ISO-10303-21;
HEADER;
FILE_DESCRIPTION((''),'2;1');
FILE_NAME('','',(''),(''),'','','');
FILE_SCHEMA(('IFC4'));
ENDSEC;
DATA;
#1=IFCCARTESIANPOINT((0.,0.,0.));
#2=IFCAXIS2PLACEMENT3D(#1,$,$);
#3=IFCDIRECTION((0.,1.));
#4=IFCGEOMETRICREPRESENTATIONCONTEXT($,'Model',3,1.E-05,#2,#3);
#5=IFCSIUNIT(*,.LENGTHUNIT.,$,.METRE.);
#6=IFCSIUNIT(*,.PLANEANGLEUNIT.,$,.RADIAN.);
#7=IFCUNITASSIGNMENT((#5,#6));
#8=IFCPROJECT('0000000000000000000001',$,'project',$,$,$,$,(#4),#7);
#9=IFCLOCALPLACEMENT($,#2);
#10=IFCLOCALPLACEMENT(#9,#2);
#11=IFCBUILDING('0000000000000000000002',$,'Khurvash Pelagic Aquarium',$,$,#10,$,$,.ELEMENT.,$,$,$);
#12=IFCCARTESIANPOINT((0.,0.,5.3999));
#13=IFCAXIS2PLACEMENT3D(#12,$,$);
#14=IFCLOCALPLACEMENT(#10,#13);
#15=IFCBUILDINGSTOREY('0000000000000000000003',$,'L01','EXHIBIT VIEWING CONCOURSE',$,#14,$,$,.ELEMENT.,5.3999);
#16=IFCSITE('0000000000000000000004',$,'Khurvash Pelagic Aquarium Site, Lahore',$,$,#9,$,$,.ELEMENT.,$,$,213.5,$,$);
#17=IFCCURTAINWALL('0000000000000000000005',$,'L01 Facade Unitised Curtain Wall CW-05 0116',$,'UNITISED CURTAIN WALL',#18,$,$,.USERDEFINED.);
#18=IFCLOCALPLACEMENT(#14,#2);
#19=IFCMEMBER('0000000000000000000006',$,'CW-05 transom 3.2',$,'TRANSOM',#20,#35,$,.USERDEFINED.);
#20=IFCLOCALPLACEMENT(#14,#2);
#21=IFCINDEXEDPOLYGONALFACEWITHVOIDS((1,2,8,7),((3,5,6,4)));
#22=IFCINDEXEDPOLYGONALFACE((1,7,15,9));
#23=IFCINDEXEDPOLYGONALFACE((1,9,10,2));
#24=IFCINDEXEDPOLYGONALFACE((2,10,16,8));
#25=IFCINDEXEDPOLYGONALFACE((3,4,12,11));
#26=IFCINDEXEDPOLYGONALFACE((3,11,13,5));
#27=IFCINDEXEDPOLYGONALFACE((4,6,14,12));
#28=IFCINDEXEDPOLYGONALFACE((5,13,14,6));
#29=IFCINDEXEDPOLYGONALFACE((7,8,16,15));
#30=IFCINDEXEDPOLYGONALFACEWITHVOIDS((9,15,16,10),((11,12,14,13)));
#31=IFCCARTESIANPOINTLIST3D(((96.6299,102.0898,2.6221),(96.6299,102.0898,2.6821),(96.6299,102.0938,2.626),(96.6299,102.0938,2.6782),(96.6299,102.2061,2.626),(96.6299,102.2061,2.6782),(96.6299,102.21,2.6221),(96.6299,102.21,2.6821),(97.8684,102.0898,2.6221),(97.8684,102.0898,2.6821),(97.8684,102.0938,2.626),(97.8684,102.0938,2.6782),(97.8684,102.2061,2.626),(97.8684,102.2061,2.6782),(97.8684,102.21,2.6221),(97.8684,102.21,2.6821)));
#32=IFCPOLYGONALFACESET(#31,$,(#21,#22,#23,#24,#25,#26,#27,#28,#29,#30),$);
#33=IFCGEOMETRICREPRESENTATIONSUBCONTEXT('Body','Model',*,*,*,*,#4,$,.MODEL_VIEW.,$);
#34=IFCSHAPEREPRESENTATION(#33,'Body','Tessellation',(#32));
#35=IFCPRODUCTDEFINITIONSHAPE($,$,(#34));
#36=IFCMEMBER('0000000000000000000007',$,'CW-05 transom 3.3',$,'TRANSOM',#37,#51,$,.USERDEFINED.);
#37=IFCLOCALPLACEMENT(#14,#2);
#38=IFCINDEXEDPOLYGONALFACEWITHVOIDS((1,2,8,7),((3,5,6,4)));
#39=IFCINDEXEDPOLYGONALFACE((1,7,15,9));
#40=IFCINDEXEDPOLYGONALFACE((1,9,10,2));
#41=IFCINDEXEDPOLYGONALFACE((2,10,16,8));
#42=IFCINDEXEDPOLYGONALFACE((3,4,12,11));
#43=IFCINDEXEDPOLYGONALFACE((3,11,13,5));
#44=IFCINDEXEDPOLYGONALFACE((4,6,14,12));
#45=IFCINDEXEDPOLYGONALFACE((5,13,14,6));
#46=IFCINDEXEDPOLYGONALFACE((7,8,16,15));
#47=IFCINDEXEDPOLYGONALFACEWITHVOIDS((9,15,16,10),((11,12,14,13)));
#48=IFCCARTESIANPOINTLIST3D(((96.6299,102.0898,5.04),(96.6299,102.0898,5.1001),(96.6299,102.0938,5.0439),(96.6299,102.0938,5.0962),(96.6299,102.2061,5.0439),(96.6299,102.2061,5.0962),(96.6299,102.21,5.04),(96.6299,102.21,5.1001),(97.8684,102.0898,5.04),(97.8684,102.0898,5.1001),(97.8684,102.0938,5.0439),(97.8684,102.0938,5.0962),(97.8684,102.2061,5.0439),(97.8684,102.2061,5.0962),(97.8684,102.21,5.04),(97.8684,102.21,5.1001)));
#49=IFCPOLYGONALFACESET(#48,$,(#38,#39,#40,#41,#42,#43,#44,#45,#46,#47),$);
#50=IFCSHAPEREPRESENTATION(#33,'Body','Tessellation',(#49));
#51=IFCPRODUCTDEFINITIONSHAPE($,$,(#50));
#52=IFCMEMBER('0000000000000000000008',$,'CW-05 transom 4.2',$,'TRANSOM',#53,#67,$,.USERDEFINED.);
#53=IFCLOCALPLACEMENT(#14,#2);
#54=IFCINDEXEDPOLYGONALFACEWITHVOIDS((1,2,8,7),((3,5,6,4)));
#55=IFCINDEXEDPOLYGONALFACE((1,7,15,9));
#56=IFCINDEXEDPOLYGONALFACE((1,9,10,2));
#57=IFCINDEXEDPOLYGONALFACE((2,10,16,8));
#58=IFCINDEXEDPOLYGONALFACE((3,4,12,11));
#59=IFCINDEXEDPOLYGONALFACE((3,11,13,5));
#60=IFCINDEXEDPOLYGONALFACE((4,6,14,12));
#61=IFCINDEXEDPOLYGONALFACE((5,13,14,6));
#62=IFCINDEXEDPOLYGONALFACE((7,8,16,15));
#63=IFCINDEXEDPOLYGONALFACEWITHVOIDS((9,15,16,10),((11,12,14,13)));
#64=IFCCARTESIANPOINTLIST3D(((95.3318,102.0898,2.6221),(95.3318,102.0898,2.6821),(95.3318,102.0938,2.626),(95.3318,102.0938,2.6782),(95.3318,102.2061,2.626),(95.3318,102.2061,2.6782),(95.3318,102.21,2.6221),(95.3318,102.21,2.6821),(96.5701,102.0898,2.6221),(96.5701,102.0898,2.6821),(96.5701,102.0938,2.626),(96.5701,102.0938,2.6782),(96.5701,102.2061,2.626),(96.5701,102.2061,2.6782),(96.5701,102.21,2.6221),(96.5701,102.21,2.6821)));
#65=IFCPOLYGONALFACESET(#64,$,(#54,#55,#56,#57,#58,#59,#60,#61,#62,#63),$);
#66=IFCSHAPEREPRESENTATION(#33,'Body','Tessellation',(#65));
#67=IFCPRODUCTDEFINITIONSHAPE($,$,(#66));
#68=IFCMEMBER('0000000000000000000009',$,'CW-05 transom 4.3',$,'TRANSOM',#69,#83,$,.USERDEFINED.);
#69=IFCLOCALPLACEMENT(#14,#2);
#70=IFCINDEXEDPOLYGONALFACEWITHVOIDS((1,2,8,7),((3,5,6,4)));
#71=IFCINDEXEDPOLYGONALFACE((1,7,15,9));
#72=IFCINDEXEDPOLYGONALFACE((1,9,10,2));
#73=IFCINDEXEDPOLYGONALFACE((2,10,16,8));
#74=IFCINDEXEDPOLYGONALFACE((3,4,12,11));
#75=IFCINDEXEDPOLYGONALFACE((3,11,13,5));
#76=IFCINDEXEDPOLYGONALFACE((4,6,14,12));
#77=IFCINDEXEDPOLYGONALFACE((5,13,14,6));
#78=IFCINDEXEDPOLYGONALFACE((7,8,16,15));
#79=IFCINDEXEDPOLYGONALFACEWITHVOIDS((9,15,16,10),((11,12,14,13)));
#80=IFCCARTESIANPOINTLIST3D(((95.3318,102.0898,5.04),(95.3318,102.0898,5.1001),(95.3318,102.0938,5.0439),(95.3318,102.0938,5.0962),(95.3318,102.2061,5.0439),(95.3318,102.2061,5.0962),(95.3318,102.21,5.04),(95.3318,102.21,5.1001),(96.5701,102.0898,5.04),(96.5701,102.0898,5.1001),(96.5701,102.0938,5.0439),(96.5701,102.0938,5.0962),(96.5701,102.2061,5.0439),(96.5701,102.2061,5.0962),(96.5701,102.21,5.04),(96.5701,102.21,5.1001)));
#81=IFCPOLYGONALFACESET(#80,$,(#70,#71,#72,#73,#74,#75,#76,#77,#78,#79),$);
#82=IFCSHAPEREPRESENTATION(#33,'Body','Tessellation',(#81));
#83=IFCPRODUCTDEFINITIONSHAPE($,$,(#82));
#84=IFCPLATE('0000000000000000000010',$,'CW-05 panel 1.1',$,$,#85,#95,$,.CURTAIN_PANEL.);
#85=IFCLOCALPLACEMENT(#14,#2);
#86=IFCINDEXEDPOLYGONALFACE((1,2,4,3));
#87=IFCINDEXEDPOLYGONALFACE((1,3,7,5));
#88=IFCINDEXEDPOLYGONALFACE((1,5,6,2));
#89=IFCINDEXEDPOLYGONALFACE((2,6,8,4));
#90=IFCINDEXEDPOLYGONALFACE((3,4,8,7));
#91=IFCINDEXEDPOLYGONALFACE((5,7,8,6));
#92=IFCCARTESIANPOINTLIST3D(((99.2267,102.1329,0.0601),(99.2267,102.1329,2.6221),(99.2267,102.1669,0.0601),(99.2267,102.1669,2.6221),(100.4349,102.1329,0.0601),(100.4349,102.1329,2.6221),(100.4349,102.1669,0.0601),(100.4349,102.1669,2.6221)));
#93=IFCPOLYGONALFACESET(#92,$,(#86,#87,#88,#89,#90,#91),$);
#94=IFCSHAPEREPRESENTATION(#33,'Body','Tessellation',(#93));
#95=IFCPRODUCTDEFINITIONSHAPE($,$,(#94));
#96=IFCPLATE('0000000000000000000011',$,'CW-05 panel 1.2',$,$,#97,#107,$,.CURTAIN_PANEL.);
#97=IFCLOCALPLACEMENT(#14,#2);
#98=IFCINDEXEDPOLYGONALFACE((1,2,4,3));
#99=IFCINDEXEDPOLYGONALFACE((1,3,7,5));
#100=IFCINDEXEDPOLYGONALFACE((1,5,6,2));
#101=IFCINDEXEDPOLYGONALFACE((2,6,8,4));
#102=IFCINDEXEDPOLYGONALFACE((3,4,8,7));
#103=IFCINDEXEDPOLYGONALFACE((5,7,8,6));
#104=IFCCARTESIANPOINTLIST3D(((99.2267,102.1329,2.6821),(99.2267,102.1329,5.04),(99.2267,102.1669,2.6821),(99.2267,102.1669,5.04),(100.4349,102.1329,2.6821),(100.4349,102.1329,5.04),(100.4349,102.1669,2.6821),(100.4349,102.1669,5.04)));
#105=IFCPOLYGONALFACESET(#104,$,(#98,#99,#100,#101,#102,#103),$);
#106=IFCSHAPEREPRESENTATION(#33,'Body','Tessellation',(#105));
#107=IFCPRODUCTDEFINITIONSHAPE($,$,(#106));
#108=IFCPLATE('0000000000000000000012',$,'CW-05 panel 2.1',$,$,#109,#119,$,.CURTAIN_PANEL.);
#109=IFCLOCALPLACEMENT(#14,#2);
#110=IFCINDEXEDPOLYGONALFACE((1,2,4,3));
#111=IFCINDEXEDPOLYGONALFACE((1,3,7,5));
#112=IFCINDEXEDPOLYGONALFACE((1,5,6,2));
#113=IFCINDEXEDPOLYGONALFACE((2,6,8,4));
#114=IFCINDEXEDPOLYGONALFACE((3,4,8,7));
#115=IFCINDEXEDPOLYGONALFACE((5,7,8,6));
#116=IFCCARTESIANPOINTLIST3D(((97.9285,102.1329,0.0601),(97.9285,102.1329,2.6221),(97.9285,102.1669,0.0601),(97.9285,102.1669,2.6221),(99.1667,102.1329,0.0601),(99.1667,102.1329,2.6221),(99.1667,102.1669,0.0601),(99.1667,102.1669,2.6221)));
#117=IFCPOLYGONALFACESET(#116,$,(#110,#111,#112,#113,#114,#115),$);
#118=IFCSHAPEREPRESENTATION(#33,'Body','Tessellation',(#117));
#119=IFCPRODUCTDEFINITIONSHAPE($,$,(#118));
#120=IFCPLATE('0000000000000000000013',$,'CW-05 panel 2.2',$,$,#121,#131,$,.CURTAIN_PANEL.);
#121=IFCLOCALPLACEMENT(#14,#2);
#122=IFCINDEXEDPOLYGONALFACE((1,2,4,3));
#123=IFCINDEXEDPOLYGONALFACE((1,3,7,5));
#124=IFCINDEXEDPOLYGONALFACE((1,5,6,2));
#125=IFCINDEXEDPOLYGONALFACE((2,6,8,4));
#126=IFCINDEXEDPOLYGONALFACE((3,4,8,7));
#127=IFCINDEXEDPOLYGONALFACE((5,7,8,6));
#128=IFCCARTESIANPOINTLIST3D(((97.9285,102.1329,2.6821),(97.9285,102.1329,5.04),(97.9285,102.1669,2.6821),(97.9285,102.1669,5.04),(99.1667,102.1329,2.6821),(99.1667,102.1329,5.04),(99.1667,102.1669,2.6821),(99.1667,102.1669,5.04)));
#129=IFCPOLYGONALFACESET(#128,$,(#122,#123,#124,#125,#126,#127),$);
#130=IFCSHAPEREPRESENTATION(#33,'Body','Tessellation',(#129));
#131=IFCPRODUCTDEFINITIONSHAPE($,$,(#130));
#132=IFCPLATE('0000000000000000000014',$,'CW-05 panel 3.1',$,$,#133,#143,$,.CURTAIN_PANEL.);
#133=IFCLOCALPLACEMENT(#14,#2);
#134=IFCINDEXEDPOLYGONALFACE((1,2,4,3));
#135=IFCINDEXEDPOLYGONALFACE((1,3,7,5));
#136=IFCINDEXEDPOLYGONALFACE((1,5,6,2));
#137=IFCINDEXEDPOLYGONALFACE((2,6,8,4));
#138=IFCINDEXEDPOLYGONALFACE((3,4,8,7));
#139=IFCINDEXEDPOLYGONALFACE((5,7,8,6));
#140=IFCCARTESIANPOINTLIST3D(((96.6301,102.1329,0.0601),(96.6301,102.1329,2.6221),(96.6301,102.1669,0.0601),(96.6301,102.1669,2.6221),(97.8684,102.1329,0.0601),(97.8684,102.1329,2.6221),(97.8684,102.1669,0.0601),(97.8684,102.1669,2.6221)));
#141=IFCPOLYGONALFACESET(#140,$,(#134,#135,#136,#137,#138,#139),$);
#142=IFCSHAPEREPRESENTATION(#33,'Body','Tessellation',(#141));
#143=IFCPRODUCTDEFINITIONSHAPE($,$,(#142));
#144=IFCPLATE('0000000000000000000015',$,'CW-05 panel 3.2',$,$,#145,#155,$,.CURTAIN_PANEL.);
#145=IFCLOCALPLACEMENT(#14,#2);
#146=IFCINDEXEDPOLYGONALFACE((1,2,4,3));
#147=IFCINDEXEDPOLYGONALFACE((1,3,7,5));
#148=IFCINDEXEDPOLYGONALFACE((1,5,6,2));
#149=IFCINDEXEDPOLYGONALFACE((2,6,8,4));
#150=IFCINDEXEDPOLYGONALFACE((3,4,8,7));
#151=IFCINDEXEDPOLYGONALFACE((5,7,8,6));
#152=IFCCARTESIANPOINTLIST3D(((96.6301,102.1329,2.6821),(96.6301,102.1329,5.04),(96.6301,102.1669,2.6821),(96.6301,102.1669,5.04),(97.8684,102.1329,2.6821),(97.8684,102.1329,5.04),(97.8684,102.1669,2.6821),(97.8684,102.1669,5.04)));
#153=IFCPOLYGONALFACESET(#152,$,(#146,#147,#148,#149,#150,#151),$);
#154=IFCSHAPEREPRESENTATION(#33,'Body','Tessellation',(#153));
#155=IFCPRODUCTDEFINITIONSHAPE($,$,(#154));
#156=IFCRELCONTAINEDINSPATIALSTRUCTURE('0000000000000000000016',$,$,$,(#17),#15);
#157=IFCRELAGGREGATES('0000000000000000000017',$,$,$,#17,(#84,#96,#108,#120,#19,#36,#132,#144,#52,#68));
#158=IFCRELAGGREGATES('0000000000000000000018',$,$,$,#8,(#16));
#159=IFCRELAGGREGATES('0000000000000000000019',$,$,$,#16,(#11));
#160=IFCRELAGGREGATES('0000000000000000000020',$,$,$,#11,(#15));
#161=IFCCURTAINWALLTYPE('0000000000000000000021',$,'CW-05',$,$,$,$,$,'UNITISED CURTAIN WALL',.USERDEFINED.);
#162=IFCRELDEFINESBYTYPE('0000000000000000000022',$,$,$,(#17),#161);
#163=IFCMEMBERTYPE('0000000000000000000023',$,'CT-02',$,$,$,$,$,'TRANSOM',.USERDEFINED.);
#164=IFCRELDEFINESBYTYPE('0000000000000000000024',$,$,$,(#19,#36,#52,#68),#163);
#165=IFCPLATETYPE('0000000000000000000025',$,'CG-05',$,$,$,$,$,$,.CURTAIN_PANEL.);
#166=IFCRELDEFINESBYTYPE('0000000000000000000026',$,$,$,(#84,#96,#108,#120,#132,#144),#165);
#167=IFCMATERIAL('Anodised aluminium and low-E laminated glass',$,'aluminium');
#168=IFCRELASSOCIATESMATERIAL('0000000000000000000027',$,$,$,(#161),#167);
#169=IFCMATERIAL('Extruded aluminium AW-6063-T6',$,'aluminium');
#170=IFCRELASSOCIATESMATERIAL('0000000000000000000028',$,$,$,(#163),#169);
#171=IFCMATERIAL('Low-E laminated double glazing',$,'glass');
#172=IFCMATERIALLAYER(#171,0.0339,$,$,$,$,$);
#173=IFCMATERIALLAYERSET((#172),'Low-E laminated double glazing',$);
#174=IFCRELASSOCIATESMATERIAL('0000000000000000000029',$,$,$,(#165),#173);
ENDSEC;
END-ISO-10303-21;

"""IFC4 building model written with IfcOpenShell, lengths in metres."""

from ifc_helpers import new_model, si_unit, direction, frame, origin, origin_2d, place, context, subcontext, project, spatial, rectangle, hollow_rectangle, extrude, material, layer, layer_set, material_profile, profile_set, type_object, element, aggregate, save


model = new_model("IFC4")

# Units and contexts
model_context = context("Model", 3, precision=1e-05, world=origin(), true_north=direction((0.0, 1.0)))
body_context = subcontext(model_context, "Body", "Model", "MODEL_VIEW")
ifc_project = project(units=[si_unit("LENGTHUNIT", "METRE"), si_unit("PLANEANGLEUNIT", "RADIAN")], contexts=[model_context])

# Site, building, storey
site_placement = place(None, origin())
site = spatial("IfcSite", under=ifc_project, at=site_placement, Name="Khurvash Pelagic Aquarium Site, Lahore", CompositionType="ELEMENT", RefElevation=213.5)
building_placement = place(site_placement, origin())
building = spatial("IfcBuilding", under=site, at=building_placement, Name="Khurvash Pelagic Aquarium", CompositionType="ELEMENT")
storey_placement = place(building_placement, frame((0.0, 0.0, 5.3999)))
storey = spatial("IfcBuildingStorey", under=building, at=storey_placement, Name="L01", Description="EXHIBIT VIEWING CONCOURSE", CompositionType="ELEMENT", Elevation=5.3999)

# Curtain wall, members, plates
ifc_material_1 = material(Name="Anodised aluminium and low-E laminated glass", Category="aluminium")
curtain_wall_type = type_object("IfcCurtainWallType", Name="CW-05", ElementType="UNITISED CURTAIN WALL", PredefinedType="USERDEFINED", material=ifc_material_1)
curtain_wall_placement = place(storey_placement, origin())
curtain_wall = element("IfcCurtainWall", 1, at=curtain_wall_placement, inside=storey, type_object=curtain_wall_type, Name="L01 Facade Unitised Curtain Wall CW-05 0116", ObjectType="UNITISED CURTAIN WALL", PredefinedType="USERDEFINED")
ifc_material_2 = material(Name="Extruded aluminium AW-6063-T6", Category="aluminium")
ifc_material_profile_1 = material_profile(ifc_material_2, hollow_rectangle(XDim=0.1201, YDim=0.0601, WallThickness=0.0039, at=origin_2d()), Name="CWT120X60X4")
ifc_profile_set_1 = profile_set([ifc_material_profile_1], Name="Extruded aluminium AW-6063-T6")
member_type_1 = type_object("IfcMemberType", Name="CT-02", ElementType="TRANSOM", PredefinedType="USERDEFINED", material=ifc_profile_set_1)
member_1_placement = place(storey_placement, frame((97.8684, 102.1499, 2.6521), z_axis=(-1.0, 0.0, 0.0), x_axis=(0.0, -1.0, 0.0)))
member_1 = element("IfcMember", 2, at=member_1_placement, type_object=member_type_1, Name="CW-05 transom 3.2", ObjectType="TRANSOM", PredefinedType="USERDEFINED", context=body_context, shape_type="SweptSolid", body=[
    extrude(hollow_rectangle(XDim=0.1201, YDim=0.0601, WallThickness=0.0039, at=origin_2d()), origin(), (0.0, 0.0, 1.0), 1.2385),
])
member_2_placement = place(storey_placement, frame((97.8684, 102.1499, 5.0701), z_axis=(-1.0, 0.0, 0.0), x_axis=(0.0, -1.0, 0.0)))
member_2 = element("IfcMember", 3, at=member_2_placement, type_object=member_type_1, Name="CW-05 transom 3.3", ObjectType="TRANSOM", PredefinedType="USERDEFINED", context=body_context, shape_type="SweptSolid", body=[
    extrude(hollow_rectangle(XDim=0.1201, YDim=0.0601, WallThickness=0.0039, at=origin_2d()), origin(), (0.0, 0.0, 1.0), 1.2385),
])
member_3_placement = place(storey_placement, frame((96.5701, 102.1499, 2.6521), z_axis=(-1.0, 0.0, 0.0), x_axis=(0.0, -1.0, 0.0)))
member_3 = element("IfcMember", 4, at=member_3_placement, type_object=member_type_1, Name="CW-05 transom 4.2", ObjectType="TRANSOM", PredefinedType="USERDEFINED", context=body_context, shape_type="SweptSolid", body=[
    extrude(hollow_rectangle(XDim=0.1201, YDim=0.0601, WallThickness=0.0039, at=origin_2d()), origin(), (0.0, 0.0, 1.0), 1.2383),
])
member_4_placement = place(storey_placement, frame((96.5701, 102.1499, 5.0701), z_axis=(-1.0, 0.0, 0.0), x_axis=(0.0, -1.0, 0.0)))
member_4 = element("IfcMember", 5, at=member_4_placement, type_object=member_type_1, Name="CW-05 transom 4.3", ObjectType="TRANSOM", PredefinedType="USERDEFINED", context=body_context, shape_type="SweptSolid", body=[
    extrude(hollow_rectangle(XDim=0.1201, YDim=0.0601, WallThickness=0.0039, at=origin_2d()), origin(), (0.0, 0.0, 1.0), 1.2383),
])
ifc_material_3 = material(Name="Low-E laminated double glazing", Category="glass")
ifc_layer = layer(ifc_material_3, 0.0339)
ifc_layer_set = layer_set([ifc_layer], Name="Low-E laminated double glazing")
plate_type = type_object("IfcPlateType", Name="CG-05", PredefinedType="CURTAIN_PANEL", material=ifc_layer_set)
plate_1_placement = place(storey_placement, frame((99.8308, 102.1499, 0.0601), z_axis=(0.0, 0.0, 1.0), x_axis=(-1.0, 0.0, 0.0)))
plate_1 = element("IfcPlate", 6, at=plate_1_placement, type_object=plate_type, Name="CW-05 panel 1.1", PredefinedType="CURTAIN_PANEL", context=body_context, shape_type="SweptSolid", body=[
    extrude(rectangle(XDim=1.2083, YDim=0.0339, at=origin_2d()), origin(), (0.0, 0.0, 1.0), 2.562),
])
plate_2_placement = place(storey_placement, frame((99.8308, 102.1499, 2.6821), z_axis=(0.0, 0.0, 1.0), x_axis=(-1.0, 0.0, 0.0)))
plate_2 = element("IfcPlate", 7, at=plate_2_placement, type_object=plate_type, Name="CW-05 panel 1.2", PredefinedType="CURTAIN_PANEL", context=body_context, shape_type="SweptSolid", body=[
    extrude(rectangle(XDim=1.2083, YDim=0.0339, at=origin_2d()), origin(), (0.0, 0.0, 1.0), 2.3579),
])
plate_3_placement = place(storey_placement, frame((98.5476, 102.1499, 0.0601), z_axis=(0.0, 0.0, 1.0), x_axis=(-1.0, 0.0, 0.0)))
plate_3 = element("IfcPlate", 8, at=plate_3_placement, type_object=plate_type, Name="CW-05 panel 2.1", PredefinedType="CURTAIN_PANEL", context=body_context, shape_type="SweptSolid", body=[
    extrude(rectangle(XDim=1.2383, YDim=0.0339, at=origin_2d()), origin(), (0.0, 0.0, 1.0), 2.562),
])
plate_4_placement = place(storey_placement, frame((98.5476, 102.1499, 2.6821), z_axis=(0.0, 0.0, 1.0), x_axis=(-1.0, 0.0, 0.0)))
plate_4 = element("IfcPlate", 9, at=plate_4_placement, type_object=plate_type, Name="CW-05 panel 2.2", PredefinedType="CURTAIN_PANEL", context=body_context, shape_type="SweptSolid", body=[
    extrude(rectangle(XDim=1.2383, YDim=0.0339, at=origin_2d()), origin(), (0.0, 0.0, 1.0), 2.3579),
])
plate_5_placement = place(storey_placement, frame((97.2493, 102.1499, 0.0601), z_axis=(0.0, 0.0, 1.0), x_axis=(-1.0, 0.0, 0.0)))
plate_5 = element("IfcPlate", 10, at=plate_5_placement, type_object=plate_type, Name="CW-05 panel 3.1", PredefinedType="CURTAIN_PANEL", context=body_context, shape_type="SweptSolid", body=[
    extrude(rectangle(XDim=1.2383, YDim=0.0339, at=origin_2d()), origin(), (0.0, 0.0, 1.0), 2.562),
])
plate_6_placement = place(storey_placement, frame((97.2493, 102.1499, 2.6821), z_axis=(0.0, 0.0, 1.0), x_axis=(-1.0, 0.0, 0.0)))
plate_6 = element("IfcPlate", 11, at=plate_6_placement, type_object=plate_type, Name="CW-05 panel 3.2", PredefinedType="CURTAIN_PANEL", context=body_context, shape_type="SweptSolid", body=[
    extrude(rectangle(XDim=1.2383, YDim=0.0339, at=origin_2d()), origin(), (0.0, 0.0, 1.0), 2.3579),
])
aggregate(curtain_wall, [plate_1, plate_2, plate_3, plate_4, member_1, member_2, plate_5, plate_6, member_3, member_4])

save(model, "model.ifc")
